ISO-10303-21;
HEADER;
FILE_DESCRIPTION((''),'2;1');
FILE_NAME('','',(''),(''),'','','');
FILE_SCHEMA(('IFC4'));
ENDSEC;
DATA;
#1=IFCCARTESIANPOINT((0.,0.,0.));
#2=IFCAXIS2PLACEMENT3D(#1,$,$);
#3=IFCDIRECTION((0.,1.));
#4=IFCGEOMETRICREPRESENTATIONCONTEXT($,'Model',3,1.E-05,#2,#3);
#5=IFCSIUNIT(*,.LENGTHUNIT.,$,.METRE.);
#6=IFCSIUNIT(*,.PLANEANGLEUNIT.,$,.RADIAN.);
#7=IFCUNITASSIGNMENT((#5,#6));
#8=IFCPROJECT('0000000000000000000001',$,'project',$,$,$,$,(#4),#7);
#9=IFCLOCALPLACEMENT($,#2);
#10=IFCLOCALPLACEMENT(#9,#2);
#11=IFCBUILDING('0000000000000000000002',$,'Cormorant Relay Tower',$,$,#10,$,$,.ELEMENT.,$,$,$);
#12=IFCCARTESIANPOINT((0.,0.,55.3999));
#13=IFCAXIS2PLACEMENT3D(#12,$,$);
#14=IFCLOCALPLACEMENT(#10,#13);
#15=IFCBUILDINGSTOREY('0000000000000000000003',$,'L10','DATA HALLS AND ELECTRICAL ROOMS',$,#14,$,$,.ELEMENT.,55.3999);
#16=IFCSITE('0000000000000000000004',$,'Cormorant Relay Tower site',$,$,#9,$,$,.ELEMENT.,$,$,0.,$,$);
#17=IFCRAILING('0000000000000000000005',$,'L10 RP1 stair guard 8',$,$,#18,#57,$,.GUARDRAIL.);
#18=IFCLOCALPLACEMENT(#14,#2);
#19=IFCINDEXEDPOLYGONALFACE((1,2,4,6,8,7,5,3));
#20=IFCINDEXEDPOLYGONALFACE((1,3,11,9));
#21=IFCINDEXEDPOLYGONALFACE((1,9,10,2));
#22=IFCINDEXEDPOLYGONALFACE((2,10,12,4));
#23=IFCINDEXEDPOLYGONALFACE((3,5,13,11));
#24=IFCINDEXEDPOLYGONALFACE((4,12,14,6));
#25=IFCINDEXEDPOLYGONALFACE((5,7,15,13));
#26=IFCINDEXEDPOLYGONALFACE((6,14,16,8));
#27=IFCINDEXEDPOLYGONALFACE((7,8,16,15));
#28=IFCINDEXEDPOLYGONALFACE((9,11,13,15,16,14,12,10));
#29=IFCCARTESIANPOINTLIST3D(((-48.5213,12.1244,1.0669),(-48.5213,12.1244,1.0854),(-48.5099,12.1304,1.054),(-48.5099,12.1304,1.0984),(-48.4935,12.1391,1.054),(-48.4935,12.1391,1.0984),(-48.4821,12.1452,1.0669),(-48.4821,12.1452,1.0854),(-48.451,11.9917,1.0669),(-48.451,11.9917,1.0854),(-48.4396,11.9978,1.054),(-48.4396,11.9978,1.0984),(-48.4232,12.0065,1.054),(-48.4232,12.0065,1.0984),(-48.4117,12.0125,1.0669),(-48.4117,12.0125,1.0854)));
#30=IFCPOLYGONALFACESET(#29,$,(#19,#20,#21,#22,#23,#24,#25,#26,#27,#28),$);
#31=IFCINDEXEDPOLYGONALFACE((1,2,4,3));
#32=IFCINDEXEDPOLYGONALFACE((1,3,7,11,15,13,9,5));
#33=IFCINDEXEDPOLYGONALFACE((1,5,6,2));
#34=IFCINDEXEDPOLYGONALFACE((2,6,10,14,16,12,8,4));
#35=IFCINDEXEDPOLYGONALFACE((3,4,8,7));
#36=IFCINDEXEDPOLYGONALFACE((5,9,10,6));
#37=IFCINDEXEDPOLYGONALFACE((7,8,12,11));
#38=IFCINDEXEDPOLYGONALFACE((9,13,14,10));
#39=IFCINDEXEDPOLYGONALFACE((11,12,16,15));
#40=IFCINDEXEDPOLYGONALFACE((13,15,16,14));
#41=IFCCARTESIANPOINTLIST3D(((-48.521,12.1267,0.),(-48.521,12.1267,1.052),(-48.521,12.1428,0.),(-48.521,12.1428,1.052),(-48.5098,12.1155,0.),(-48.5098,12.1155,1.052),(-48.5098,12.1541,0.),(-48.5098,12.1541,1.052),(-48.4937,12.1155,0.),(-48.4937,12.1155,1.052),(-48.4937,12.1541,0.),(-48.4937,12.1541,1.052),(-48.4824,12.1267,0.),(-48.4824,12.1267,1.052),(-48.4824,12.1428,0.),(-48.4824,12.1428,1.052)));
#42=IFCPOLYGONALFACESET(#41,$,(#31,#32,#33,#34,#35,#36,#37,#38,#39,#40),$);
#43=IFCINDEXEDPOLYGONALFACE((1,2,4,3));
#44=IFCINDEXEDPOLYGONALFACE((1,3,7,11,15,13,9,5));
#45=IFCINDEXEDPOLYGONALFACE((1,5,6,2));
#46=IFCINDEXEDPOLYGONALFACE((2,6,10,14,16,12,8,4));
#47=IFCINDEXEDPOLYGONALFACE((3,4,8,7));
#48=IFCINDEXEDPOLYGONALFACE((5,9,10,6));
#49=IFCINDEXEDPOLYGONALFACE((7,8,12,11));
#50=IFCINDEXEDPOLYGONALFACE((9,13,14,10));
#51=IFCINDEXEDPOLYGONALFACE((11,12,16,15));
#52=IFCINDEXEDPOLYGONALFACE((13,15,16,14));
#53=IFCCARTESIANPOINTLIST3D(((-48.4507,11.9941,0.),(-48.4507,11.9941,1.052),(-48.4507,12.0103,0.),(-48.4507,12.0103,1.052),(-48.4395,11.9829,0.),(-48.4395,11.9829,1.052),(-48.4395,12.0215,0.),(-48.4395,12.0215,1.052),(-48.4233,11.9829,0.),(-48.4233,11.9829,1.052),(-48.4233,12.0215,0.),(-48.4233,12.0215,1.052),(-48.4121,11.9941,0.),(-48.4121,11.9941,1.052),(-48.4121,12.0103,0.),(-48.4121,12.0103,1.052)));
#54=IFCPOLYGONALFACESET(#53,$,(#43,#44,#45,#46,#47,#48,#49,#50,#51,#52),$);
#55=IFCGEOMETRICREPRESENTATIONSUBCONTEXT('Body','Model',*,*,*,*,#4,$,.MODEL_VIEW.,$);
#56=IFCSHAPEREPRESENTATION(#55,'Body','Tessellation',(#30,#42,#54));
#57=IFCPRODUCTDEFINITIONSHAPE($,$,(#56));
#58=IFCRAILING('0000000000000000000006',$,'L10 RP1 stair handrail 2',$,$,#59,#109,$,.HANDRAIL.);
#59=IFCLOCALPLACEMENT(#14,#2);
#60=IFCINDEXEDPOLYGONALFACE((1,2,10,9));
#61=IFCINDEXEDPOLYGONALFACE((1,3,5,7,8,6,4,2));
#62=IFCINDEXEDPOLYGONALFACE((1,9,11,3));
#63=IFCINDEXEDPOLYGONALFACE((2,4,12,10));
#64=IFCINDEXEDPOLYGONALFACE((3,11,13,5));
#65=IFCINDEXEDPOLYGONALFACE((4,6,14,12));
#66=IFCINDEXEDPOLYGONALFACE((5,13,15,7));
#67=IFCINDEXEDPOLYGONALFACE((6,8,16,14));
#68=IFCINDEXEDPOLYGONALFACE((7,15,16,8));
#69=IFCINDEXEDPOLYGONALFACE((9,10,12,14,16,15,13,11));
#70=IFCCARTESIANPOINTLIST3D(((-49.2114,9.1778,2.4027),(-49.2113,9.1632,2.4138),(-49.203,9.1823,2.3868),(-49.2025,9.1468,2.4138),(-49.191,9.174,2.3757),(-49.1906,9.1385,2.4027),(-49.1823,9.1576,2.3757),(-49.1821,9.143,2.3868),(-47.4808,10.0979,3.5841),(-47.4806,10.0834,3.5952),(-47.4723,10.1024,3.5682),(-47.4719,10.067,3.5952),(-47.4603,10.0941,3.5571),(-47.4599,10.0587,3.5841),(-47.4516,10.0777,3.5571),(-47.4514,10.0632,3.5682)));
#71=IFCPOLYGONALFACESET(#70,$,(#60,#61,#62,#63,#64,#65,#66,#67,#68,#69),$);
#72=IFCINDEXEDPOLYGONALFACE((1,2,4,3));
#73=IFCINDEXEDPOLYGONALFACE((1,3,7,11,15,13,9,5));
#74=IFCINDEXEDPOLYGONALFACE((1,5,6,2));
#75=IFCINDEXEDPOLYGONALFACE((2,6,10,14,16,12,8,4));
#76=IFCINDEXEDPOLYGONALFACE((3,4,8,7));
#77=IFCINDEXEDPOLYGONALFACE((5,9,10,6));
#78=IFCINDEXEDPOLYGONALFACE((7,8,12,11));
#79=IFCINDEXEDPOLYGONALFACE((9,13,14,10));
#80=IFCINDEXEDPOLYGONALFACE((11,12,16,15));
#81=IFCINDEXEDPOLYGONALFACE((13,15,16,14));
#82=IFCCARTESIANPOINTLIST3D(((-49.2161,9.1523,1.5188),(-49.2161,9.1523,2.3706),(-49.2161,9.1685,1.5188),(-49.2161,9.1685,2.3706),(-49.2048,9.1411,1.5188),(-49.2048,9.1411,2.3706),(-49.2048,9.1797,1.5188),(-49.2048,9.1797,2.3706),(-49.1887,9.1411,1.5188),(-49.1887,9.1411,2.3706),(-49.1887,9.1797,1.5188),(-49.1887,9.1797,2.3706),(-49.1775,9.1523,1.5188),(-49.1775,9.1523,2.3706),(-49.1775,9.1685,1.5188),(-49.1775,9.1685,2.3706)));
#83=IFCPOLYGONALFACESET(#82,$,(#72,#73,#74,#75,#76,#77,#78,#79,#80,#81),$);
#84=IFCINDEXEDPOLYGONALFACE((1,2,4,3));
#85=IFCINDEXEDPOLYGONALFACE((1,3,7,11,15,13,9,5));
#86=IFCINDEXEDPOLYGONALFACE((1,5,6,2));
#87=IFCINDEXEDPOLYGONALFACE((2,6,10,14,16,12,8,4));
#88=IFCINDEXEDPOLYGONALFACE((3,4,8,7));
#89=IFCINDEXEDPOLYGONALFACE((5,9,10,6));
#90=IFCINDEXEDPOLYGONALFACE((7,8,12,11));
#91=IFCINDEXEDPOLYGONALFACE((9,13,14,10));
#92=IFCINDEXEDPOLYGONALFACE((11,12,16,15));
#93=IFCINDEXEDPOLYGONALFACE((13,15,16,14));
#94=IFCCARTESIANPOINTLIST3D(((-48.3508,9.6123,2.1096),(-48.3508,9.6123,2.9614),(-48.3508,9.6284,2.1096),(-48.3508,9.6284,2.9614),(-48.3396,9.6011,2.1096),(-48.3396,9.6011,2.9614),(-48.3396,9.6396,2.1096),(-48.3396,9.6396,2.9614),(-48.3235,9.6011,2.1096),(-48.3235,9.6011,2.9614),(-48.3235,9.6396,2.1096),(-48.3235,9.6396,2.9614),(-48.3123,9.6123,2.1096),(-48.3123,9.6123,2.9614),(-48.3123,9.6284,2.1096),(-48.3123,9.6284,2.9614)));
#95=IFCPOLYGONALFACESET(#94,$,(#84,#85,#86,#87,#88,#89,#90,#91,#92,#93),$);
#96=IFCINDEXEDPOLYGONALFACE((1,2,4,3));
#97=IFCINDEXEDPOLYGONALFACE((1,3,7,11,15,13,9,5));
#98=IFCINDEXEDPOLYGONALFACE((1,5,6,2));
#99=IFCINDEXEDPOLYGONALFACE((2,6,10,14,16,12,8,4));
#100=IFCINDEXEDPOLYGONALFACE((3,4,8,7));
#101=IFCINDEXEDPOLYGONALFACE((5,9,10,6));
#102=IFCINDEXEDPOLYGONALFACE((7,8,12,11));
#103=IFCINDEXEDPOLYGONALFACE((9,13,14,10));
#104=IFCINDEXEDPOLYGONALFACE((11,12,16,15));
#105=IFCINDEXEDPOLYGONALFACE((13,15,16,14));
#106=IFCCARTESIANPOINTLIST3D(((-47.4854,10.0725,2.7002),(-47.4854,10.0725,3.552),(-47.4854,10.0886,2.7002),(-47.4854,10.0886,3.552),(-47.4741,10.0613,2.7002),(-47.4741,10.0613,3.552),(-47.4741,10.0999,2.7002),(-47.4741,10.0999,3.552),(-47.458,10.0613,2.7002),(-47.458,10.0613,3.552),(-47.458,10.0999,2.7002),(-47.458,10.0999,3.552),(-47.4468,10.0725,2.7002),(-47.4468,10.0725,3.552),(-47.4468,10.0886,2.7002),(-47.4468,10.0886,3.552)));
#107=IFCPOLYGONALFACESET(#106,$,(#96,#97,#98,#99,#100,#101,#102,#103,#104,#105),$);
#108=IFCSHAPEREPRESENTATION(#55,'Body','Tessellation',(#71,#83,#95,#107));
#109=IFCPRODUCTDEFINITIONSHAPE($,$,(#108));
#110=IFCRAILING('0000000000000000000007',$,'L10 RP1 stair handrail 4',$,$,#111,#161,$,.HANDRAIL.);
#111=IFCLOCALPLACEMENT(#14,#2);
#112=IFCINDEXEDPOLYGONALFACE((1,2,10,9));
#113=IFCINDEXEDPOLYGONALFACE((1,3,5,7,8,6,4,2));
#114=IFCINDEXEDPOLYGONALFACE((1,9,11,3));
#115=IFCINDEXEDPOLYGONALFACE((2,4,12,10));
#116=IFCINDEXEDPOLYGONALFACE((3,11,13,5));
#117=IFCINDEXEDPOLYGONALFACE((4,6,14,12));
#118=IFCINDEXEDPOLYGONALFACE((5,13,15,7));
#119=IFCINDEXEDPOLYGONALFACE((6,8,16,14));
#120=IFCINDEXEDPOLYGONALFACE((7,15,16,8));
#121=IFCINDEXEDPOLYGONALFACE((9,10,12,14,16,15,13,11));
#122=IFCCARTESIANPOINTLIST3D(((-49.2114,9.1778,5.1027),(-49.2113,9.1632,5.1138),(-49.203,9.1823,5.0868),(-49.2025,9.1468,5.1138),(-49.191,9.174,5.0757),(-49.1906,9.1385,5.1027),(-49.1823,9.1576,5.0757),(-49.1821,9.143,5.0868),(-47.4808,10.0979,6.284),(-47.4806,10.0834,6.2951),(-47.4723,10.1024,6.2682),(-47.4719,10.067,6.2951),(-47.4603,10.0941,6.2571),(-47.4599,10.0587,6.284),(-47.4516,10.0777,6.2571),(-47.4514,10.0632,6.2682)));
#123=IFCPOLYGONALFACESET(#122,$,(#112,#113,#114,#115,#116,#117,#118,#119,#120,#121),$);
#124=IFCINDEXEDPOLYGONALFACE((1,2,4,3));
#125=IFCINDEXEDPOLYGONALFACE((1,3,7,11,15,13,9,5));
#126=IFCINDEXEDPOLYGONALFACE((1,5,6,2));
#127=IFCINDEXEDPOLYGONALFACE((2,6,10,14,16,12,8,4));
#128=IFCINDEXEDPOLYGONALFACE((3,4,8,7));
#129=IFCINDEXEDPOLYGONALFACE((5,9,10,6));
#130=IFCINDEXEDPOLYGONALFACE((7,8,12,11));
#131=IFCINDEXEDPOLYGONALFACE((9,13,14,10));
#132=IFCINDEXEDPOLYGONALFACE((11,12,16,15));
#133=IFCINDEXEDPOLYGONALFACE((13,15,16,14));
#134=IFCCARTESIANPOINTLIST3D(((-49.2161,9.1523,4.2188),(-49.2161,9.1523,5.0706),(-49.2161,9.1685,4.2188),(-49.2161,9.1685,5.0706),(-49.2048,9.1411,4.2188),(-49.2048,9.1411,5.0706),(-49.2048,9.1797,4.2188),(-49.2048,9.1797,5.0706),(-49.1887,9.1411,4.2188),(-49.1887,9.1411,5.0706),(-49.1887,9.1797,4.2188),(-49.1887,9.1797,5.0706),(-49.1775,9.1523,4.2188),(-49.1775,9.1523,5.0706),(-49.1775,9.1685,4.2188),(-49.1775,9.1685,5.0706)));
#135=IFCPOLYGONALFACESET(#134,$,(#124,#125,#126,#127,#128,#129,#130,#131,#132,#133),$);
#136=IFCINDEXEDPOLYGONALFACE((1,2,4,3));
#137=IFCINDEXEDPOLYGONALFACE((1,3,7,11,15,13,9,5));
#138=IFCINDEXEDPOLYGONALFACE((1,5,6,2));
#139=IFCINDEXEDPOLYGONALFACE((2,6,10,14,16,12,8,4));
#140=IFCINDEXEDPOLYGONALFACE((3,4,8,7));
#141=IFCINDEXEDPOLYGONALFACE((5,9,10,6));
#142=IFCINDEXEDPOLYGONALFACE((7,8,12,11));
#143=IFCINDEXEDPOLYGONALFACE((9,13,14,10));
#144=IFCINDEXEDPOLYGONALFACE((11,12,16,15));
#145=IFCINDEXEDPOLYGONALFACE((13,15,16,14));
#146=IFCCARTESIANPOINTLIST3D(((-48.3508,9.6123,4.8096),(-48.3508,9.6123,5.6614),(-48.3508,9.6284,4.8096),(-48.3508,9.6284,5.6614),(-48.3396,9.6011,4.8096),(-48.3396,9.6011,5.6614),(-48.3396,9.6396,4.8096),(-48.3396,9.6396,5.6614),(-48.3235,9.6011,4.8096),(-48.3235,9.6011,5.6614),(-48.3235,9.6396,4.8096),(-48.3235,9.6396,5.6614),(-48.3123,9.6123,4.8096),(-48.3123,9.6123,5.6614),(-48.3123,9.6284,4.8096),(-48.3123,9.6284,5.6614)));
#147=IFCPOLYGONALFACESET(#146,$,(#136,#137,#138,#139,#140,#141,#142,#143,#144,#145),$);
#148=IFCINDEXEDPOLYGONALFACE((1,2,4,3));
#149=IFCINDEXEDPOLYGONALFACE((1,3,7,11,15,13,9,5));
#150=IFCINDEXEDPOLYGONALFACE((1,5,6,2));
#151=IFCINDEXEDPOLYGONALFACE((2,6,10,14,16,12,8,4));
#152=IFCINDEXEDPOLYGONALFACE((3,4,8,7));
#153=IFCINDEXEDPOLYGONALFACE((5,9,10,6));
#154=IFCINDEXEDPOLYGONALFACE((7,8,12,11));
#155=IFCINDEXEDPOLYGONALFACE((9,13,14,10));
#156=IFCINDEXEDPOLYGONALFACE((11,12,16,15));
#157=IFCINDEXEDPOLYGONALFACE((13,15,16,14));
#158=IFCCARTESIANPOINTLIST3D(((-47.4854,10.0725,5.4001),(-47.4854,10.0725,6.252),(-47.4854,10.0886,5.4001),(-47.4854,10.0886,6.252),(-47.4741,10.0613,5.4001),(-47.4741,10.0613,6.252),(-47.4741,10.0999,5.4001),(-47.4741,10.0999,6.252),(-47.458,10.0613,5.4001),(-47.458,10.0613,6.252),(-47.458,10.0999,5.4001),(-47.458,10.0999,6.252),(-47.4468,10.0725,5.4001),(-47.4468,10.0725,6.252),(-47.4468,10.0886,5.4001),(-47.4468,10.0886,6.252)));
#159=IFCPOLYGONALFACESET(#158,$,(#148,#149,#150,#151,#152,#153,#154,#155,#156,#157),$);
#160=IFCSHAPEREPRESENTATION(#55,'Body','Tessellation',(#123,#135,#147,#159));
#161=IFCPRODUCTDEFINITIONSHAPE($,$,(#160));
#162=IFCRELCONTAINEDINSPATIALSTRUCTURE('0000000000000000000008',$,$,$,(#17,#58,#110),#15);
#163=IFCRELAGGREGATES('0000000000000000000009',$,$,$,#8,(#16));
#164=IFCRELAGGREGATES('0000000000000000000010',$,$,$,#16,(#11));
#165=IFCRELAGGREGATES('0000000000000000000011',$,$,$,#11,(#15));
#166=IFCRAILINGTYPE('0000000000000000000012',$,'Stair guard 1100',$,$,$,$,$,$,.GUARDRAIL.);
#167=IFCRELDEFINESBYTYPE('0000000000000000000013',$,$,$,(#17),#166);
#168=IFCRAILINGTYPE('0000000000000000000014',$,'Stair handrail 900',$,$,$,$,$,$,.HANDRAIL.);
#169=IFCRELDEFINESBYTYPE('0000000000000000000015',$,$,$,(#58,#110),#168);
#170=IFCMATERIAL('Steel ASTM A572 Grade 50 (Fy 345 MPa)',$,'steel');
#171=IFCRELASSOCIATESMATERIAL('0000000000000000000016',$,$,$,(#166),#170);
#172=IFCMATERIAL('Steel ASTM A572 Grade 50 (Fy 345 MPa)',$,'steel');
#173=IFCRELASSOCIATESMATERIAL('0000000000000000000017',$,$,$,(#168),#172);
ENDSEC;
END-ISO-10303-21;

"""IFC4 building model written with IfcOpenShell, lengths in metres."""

from ifc_helpers import new_model, si_unit, direction, frame, origin, place, context, subcontext, project, spatial, polyline, outline, extrude, material, type_object, element, save


model = new_model("IFC4")

# Units and contexts
model_context = context("Model", 3, precision=1e-05, world=origin(), true_north=direction((0.0, 1.0)))
body_context = subcontext(model_context, "Body", "Model", "MODEL_VIEW")
ifc_project = project(units=[si_unit("LENGTHUNIT", "METRE"), si_unit("PLANEANGLEUNIT", "RADIAN")], contexts=[model_context])

# Site, building, storey
site_placement = place(None, origin())
site = spatial("IfcSite", under=ifc_project, at=site_placement, Name="Cormorant Relay Tower site", CompositionType="ELEMENT", RefElevation=0.0)
building_placement = place(site_placement, origin())
building = spatial("IfcBuilding", under=site, at=building_placement, Name="Cormorant Relay Tower", CompositionType="ELEMENT")
storey_placement = place(building_placement, frame((0.0, 0.0, 55.3999)))
storey = spatial("IfcBuildingStorey", under=building, at=storey_placement, Name="L10", Description="DATA HALLS AND ELECTRICAL ROOMS", CompositionType="ELEMENT", Elevation=55.3999)

# Railings
ifc_material_1 = material(Name="Steel ASTM A572 Grade 50 (Fy 345 MPa)", Category="steel")
railing_type_1 = type_object("IfcRailingType", Name="Stair guard 1100", PredefinedType="GUARDRAIL", material=ifc_material_1)
railing_1_placement = place(storey_placement, frame((-48.5017, 12.1348, 0.0)))
element("IfcRailing", 1, at=railing_1_placement, inside=storey, type_object=railing_type_1, Name="L10 RP1 stair guard 8", PredefinedType="GUARDRAIL", context=body_context, shape_type="SweptSolid", body=[
    extrude(outline(polyline([(0.0222, 0.0093), (0.0093, 0.0222), (-0.0093, 0.0222), (-0.0222, 0.0093), (-0.0222, -0.0093), (-0.0093, -0.0222), (0.0093, -0.0222), (0.0222, -0.0093), (0.0222, 0.0093)])), frame((0.0, 0.0, 1.0762), z_axis=(0.46856, -0.883431, 0.0), x_axis=(0.883431, 0.46856, 0.0)), (0.0, 0.0, 1.0), 0.1501),
    extrude(outline(polyline([(0.0193, 0.0081), (0.0081, 0.0193), (-0.0081, 0.0193), (-0.0193, 0.0081), (-0.0193, -0.0081), (-0.0081, -0.0193), (0.0081, -0.0193), (0.0193, -0.0081), (0.0193, 0.0081)])), origin(), (0.0, 0.0, 1.0), 1.052),
    extrude(outline(polyline([(0.0193, 0.0081), (0.0081, 0.0193), (-0.0081, 0.0193), (-0.0193, 0.0081), (-0.0193, -0.0081), (-0.0081, -0.0193), (0.0081, -0.0193), (0.0193, -0.0081), (0.0193, 0.0081)])), frame((0.0703, -0.1326, 0.0)), (0.0, 0.0, 1.0), 1.052),
])
ifc_material_2 = material(Name="Steel ASTM A572 Grade 50 (Fy 345 MPa)", Category="steel")
railing_type_2 = type_object("IfcRailingType", Name="Stair handrail 900", PredefinedType="HANDRAIL", material=ifc_material_2)
for number, where, name in (
    (2, (-49.1968, 9.1604, 1.5188), "L10 RP1 stair handrail 2"),
    (3, (-49.1968, 9.1604, 4.2188), "L10 RP1 stair handrail 4"),
):
    element("IfcRailing", number, at=place(storey_placement, frame(where)), inside=storey, type_object=railing_type_2, Name=name, PredefinedType="HANDRAIL", context=body_context, shape_type="SweptSolid", body=[
        extrude(outline(polyline([(0.0222, 0.0093), (0.0093, 0.0222), (-0.0093, 0.0222), (-0.0222, 0.0093), (-0.0222, -0.0093), (-0.0093, -0.0222), (0.0093, -0.0222), (0.0222, -0.0093), (0.0222, 0.0093)])), frame((0.0, 0.0, 0.876), z_axis=(0.756226, 0.402062, 0.516205), x_axis=(-0.469444, 0.882962, 0.0)), (0.0, 0.0, 1.0), 2.2886),
        extrude(outline(polyline([(0.0193, 0.0081), (0.0081, 0.0193), (-0.0081, 0.0193), (-0.0193, 0.0081), (-0.0193, -0.0081), (-0.0081, -0.0193), (0.0081, -0.0193), (0.0193, -0.0081), (0.0193, 0.0081)])), origin(), (0.0, 0.0, 1.0), 0.8518),
        extrude(outline(polyline([(0.0193, 0.0081), (0.0081, 0.0193), (-0.0081, 0.0193), (-0.0193, 0.0081), (-0.0193, -0.0081), (-0.0081, -0.0193), (0.0081, -0.0193), (0.0193, -0.0081), (0.0193, 0.0081)])), frame((0.8652, 0.46, 0.5908)), (0.0, 0.0, 1.0), 0.8518),
        extrude(outline(polyline([(0.0193, 0.0081), (0.0081, 0.0193), (-0.0081, 0.0193), (-0.0193, 0.0081), (-0.0193, -0.0081), (-0.0081, -0.0193), (0.0081, -0.0193), (0.0193, -0.0081), (0.0193, 0.0081)])), frame((1.7307, 0.9202, 1.1814)), (0.0, 0.0, 1.0), 0.8518),
    ])

save(model, "model.ifc")
